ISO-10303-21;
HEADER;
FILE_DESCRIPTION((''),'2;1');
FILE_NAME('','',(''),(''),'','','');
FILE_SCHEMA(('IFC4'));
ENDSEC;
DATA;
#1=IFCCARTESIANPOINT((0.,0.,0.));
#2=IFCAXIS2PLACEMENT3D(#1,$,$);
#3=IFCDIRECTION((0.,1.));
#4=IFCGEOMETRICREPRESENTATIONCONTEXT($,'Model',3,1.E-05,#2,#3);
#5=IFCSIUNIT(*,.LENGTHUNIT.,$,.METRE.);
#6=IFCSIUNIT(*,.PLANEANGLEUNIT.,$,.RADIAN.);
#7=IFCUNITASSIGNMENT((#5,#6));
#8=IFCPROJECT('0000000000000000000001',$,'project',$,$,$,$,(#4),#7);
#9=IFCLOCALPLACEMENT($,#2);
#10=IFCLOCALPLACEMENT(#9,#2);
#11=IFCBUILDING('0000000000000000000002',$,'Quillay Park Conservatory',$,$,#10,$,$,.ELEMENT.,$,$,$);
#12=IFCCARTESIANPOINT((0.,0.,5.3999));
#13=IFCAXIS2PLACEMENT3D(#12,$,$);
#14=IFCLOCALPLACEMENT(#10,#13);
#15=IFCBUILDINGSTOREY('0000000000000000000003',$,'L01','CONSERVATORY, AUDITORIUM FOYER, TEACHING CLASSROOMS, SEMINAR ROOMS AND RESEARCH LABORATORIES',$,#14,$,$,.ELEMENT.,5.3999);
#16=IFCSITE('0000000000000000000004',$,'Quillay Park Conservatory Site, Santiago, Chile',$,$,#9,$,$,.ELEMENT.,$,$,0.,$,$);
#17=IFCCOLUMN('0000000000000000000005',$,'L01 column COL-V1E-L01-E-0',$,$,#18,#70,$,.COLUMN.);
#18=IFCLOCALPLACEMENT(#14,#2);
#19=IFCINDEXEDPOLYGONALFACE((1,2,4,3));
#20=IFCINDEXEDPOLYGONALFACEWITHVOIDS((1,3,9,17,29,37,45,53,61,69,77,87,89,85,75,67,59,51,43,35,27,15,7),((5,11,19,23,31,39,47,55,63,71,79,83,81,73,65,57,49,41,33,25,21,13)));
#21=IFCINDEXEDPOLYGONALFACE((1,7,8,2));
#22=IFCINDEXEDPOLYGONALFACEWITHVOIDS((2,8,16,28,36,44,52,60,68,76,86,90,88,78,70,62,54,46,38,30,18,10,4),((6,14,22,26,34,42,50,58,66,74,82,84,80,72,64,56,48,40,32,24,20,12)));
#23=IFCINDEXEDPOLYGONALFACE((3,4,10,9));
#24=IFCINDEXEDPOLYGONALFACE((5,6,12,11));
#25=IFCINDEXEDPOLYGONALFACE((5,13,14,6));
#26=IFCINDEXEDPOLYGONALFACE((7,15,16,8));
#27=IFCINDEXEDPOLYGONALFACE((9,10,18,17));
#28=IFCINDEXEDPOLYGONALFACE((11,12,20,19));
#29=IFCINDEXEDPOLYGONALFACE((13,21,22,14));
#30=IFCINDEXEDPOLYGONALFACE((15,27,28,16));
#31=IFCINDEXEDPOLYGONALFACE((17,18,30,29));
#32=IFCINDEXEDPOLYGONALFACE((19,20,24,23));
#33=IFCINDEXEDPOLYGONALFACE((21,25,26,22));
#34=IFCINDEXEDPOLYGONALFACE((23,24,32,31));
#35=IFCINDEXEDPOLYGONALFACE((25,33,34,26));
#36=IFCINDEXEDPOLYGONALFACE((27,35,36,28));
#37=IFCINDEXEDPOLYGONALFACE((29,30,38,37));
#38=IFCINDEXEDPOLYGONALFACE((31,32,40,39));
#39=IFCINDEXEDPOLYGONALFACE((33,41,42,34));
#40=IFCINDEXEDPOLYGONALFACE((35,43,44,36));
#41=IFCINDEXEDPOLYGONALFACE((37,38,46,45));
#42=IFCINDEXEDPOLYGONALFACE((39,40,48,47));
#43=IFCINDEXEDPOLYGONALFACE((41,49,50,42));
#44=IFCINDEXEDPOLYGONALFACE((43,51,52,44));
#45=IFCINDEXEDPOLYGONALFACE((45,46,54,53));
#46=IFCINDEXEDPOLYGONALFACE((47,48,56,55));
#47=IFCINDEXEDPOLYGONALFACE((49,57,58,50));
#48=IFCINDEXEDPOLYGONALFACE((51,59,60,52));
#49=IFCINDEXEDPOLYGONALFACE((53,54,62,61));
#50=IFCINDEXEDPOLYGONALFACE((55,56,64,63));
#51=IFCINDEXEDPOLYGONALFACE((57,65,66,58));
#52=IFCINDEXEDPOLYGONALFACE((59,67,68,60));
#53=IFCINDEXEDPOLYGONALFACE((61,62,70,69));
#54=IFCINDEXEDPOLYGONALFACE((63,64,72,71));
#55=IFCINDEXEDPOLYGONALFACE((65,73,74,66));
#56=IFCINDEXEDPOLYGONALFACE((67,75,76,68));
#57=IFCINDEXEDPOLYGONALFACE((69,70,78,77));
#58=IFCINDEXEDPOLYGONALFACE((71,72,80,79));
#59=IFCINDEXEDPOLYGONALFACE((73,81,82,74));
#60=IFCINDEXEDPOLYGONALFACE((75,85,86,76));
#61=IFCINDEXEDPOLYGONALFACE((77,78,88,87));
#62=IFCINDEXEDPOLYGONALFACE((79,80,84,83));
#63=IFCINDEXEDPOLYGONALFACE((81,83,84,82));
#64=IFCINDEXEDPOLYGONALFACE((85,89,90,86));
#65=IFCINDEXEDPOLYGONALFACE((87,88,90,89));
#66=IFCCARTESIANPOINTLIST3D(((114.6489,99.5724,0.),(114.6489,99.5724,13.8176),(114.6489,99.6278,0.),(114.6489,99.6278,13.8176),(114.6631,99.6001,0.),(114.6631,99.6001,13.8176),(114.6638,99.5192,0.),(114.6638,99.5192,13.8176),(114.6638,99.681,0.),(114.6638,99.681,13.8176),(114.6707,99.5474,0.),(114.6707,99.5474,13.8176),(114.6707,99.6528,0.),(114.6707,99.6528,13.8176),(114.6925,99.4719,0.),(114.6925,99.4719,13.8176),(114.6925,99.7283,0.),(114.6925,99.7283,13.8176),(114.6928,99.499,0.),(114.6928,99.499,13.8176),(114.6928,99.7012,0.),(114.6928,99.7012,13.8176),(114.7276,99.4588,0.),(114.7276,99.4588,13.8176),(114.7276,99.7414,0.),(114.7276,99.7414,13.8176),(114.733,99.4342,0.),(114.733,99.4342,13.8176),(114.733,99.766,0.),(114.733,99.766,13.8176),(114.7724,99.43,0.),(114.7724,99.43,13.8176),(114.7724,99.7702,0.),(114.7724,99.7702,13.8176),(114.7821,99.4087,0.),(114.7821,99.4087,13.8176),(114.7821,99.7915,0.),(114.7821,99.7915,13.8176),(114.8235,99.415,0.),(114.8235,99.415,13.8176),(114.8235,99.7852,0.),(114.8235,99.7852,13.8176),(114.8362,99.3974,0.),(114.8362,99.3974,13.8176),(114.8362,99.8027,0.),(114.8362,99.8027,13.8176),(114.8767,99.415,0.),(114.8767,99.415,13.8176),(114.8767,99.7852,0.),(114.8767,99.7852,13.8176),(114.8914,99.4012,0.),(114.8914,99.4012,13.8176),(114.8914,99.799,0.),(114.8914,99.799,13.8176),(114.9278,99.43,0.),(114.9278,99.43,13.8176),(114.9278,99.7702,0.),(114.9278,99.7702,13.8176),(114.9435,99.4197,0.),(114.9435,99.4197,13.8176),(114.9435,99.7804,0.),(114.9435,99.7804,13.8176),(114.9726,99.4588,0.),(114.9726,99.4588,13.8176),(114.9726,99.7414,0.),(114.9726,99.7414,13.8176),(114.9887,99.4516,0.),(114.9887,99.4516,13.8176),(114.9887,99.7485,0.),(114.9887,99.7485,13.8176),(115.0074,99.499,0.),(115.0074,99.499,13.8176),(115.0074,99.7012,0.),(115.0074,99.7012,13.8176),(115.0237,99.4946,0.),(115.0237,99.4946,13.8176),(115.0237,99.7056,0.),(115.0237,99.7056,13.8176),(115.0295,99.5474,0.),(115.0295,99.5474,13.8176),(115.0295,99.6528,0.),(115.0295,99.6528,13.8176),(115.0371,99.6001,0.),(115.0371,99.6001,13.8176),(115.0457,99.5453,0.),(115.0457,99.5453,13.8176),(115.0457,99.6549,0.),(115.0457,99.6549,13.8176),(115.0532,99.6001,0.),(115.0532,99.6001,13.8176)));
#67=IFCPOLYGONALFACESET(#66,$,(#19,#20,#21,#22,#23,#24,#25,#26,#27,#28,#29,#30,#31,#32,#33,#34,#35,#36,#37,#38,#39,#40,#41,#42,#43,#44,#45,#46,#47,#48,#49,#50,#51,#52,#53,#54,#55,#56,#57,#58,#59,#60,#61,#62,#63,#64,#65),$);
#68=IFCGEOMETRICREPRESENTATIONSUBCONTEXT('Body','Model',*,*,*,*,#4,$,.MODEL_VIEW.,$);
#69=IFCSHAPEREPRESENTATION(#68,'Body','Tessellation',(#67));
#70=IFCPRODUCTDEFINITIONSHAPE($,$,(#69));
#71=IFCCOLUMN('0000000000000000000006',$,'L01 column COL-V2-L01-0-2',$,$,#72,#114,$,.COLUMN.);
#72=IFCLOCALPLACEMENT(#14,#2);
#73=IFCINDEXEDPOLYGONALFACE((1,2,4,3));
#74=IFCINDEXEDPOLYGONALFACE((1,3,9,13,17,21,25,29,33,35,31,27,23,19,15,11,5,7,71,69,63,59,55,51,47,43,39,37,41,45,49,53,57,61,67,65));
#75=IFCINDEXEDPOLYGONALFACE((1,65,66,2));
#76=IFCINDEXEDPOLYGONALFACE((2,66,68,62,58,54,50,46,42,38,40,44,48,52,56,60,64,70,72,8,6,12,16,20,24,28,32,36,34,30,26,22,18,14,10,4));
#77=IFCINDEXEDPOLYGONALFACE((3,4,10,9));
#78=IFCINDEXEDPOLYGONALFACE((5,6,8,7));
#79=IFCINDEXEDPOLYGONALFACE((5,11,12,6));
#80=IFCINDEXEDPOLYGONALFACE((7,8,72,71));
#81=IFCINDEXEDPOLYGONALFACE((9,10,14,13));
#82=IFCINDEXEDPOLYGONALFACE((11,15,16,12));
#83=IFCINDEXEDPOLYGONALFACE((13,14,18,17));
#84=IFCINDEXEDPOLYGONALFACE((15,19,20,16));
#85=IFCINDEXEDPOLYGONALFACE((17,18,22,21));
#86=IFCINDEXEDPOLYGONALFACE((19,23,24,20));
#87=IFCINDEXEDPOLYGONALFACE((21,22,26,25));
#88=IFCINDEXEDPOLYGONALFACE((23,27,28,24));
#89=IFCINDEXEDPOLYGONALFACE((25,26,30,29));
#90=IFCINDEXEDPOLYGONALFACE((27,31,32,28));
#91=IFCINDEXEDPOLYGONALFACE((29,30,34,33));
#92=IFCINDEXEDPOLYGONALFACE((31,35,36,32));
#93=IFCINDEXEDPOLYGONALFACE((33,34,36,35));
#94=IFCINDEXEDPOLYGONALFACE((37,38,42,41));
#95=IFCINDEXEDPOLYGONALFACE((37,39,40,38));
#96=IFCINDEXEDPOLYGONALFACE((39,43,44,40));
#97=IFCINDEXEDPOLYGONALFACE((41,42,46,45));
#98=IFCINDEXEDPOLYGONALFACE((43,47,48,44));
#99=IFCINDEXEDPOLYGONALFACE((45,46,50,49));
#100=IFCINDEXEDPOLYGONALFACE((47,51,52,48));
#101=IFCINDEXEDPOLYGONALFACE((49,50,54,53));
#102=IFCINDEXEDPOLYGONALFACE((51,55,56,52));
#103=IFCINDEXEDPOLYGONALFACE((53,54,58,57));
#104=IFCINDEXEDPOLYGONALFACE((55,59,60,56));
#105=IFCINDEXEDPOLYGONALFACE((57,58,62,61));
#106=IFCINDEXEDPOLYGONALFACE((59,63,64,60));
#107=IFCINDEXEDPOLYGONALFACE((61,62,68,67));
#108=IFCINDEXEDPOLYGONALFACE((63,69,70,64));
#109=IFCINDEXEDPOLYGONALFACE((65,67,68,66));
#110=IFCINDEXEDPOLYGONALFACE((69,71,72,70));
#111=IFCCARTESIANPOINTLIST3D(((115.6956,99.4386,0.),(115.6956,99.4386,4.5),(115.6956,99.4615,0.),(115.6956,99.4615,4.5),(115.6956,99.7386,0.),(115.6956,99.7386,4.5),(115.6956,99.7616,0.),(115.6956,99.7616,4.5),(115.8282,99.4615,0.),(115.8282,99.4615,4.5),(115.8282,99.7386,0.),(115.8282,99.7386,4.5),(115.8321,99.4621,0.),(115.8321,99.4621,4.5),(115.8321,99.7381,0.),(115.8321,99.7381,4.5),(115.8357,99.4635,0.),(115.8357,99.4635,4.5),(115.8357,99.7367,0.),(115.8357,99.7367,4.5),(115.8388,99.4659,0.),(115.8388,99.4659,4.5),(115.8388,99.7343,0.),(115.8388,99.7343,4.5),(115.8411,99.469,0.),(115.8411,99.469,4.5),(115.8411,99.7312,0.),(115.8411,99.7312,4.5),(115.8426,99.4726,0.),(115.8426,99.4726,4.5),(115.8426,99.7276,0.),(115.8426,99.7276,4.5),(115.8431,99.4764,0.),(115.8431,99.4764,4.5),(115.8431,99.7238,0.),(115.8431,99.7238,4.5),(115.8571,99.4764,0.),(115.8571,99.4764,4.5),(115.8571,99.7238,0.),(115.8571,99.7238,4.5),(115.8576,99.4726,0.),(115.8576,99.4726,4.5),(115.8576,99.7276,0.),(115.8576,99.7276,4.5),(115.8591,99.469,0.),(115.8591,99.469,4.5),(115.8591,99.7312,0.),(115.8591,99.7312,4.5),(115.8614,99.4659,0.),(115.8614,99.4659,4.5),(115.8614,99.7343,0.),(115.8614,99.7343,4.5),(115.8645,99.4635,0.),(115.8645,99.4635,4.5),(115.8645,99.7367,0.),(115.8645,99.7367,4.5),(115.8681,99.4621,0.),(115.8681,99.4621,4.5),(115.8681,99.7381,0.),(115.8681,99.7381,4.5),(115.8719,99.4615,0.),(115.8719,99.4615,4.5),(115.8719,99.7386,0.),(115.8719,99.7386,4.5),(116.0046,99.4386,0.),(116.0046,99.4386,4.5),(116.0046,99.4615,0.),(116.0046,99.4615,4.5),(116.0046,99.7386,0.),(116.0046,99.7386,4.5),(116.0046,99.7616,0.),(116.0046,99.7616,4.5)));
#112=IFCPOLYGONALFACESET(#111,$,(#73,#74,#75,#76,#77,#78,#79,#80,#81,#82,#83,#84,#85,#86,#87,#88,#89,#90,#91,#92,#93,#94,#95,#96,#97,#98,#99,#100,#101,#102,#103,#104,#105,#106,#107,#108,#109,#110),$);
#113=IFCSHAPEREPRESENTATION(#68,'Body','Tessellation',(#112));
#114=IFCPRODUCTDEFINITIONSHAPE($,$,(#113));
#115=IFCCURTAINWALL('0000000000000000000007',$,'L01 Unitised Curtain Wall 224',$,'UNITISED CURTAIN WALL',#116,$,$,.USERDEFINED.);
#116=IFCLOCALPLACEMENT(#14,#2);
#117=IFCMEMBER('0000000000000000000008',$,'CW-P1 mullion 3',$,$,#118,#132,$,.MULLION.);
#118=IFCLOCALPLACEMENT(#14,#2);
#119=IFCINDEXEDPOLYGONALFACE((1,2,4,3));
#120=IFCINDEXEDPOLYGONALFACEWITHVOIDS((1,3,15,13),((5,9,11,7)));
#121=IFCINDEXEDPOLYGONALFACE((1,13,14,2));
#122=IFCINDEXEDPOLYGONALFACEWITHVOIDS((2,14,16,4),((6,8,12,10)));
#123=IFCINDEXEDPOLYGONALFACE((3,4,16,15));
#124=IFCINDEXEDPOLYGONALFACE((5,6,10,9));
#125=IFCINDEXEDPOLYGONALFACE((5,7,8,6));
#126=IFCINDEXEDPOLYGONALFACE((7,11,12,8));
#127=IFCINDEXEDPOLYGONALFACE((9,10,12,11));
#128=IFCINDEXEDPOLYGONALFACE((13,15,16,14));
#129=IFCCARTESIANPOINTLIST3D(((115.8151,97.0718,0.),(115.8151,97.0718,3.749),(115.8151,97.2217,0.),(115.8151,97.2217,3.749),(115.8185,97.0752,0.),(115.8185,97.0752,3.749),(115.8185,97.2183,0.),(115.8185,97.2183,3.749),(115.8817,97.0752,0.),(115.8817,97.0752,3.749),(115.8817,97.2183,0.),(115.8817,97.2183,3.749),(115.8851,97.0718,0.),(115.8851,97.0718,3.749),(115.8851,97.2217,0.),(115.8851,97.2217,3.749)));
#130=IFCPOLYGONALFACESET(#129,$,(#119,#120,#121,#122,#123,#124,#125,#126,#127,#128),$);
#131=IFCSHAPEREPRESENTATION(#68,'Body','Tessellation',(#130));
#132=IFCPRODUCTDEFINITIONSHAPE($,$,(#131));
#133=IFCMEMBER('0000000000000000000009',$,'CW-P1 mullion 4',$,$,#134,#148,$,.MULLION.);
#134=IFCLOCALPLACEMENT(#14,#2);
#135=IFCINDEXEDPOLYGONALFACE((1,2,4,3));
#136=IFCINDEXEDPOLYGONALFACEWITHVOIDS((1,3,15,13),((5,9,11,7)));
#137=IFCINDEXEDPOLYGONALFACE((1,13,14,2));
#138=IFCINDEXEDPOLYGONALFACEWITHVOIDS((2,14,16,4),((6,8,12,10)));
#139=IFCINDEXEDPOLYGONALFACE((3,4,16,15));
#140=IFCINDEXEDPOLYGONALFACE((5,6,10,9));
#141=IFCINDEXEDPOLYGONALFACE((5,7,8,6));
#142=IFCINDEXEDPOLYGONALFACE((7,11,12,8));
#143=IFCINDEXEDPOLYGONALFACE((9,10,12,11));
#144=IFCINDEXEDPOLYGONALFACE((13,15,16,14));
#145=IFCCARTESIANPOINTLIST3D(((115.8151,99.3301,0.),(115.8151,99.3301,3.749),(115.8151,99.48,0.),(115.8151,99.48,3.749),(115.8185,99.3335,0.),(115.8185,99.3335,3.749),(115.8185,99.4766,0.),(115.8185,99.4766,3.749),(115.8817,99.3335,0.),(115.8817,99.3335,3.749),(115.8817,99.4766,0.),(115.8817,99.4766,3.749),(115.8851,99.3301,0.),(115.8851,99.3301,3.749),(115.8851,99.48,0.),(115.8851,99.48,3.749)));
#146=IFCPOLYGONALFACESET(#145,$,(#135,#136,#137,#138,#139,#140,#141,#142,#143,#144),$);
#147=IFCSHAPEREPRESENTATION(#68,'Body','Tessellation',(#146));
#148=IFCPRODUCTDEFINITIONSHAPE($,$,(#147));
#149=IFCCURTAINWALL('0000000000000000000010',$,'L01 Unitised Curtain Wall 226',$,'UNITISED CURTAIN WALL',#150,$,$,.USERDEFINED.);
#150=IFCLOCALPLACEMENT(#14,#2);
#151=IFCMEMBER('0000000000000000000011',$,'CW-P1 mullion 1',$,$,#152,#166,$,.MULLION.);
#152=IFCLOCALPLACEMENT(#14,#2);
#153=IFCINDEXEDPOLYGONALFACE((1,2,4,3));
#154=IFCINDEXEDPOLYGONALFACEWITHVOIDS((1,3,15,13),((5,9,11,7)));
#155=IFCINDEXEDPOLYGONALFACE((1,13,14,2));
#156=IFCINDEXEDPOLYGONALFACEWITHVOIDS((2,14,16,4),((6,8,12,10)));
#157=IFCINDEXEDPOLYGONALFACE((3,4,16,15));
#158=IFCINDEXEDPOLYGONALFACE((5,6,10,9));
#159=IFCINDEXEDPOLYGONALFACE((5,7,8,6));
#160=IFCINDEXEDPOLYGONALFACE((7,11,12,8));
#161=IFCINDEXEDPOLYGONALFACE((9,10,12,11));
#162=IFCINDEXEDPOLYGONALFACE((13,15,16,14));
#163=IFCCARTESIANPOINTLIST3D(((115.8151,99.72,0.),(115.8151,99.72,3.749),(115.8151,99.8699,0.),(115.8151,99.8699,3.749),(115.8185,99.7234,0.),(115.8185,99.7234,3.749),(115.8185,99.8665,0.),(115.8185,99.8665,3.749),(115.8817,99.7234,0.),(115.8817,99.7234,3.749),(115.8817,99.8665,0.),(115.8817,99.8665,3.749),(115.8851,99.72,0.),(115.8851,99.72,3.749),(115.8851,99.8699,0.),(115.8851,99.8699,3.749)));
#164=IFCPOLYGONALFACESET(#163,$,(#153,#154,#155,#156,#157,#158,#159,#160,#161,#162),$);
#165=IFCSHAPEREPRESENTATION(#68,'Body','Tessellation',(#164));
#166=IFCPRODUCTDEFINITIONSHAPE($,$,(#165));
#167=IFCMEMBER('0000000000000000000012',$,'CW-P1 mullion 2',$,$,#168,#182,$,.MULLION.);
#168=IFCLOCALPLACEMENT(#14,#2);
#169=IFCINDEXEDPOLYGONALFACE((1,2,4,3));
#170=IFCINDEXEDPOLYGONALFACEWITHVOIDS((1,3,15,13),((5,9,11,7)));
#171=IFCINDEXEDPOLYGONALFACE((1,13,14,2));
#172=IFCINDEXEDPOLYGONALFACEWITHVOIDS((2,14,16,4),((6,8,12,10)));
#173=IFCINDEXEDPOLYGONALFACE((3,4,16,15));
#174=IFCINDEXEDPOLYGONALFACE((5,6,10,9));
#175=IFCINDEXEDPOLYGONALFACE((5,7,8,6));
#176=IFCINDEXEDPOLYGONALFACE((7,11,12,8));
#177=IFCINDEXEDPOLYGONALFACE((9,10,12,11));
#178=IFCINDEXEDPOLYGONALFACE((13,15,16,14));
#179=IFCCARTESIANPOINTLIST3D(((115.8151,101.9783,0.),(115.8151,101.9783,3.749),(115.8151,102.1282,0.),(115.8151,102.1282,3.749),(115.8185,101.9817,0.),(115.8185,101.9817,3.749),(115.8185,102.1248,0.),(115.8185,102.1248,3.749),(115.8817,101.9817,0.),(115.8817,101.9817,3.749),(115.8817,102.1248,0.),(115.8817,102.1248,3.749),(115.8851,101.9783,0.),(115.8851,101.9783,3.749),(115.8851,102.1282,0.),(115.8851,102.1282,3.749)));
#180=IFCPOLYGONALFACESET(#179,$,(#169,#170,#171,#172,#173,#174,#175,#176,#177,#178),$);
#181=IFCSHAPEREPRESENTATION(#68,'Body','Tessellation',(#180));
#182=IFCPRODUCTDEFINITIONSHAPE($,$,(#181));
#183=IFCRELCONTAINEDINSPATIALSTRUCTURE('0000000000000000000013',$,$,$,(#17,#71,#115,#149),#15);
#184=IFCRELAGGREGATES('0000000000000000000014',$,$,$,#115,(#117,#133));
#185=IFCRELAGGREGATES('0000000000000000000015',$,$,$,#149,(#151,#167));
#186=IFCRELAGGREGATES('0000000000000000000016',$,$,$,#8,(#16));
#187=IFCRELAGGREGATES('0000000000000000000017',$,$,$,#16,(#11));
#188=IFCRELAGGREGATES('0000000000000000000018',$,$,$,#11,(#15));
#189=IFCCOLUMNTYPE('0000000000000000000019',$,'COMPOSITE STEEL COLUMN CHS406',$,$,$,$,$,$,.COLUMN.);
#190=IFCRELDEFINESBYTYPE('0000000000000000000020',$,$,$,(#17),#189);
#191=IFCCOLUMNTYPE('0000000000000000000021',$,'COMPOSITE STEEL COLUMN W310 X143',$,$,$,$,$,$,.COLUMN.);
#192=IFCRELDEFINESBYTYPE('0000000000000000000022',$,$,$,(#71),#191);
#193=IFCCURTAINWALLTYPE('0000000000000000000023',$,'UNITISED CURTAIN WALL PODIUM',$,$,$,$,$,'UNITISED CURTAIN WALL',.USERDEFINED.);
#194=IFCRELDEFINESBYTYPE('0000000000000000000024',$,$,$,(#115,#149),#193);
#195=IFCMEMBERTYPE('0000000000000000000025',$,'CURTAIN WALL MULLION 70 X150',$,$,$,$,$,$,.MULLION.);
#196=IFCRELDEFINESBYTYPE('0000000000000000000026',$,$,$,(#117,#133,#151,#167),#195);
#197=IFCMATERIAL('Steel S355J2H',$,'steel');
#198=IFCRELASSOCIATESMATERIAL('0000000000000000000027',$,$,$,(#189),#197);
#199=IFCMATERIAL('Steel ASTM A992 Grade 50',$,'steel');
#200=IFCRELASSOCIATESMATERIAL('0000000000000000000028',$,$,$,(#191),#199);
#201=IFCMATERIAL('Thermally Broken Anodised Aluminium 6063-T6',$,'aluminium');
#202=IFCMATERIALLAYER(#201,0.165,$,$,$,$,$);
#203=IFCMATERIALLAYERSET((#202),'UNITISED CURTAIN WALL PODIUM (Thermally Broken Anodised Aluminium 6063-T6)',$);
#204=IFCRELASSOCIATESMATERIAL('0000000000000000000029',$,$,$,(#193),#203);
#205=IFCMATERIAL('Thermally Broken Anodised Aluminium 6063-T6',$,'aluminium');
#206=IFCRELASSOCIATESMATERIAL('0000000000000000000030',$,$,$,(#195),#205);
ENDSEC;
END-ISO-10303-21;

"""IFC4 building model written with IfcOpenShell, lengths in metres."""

from ifc_helpers import new_model, si_unit, direction, frame, origin, origin_2d, place, context, subcontext, project, spatial, hollow_rectangle, hollow_circle, i_section, extrude, material, layer, layer_set, material_profile, profile_set, type_object, element, aggregate, save


model = new_model("IFC4")

# Units and contexts
model_context = context("Model", 3, precision=1e-05, world=origin(), true_north=direction((0.0, 1.0)))
body_context = subcontext(model_context, "Body", "Model", "MODEL_VIEW")
ifc_project = project(units=[si_unit("LENGTHUNIT", "METRE"), si_unit("PLANEANGLEUNIT", "RADIAN")], contexts=[model_context])

# Site, building, storey
site_placement = place(None, origin())
site = spatial("IfcSite", under=ifc_project, at=site_placement, Name="Quillay Park Conservatory Site, Santiago, Chile", CompositionType="ELEMENT", RefElevation=0.0)
building_placement = place(site_placement, origin())
building = spatial("IfcBuilding", under=site, at=building_placement, Name="Quillay Park Conservatory", CompositionType="ELEMENT")
storey_placement = place(building_placement, frame((0.0, 0.0, 5.3999)))
storey = spatial("IfcBuildingStorey", under=building, at=storey_placement, Name="L01", Description="CONSERVATORY, AUDITORIUM FOYER, TEACHING CLASSROOMS, SEMINAR ROOMS AND RESEARCH LABORATORIES", CompositionType="ELEMENT", Elevation=5.3999)

# Columns
ifc_material_1 = material(Name="Steel S355J2H", Category="steel")
ifc_material_profile_1 = material_profile(ifc_material_1, hollow_circle(Radius=0.2031, WallThickness=0.0161, at=origin_2d()), Name="CHS406.4x16")
ifc_profile_set_1 = profile_set([ifc_material_profile_1], Name="Steel S355J2H")
column_type_1 = type_object("IfcColumnType", Name="COMPOSITE STEEL COLUMN CHS406", PredefinedType="COLUMN", material=ifc_profile_set_1)
column_1_placement = place(storey_placement, frame((114.8501, 99.6001, 0.0), z_axis=(0.0, 0.0, 1.0), x_axis=(1.0, 0.0, 0.0)))
element("IfcColumn", 1, at=column_1_placement, inside=storey, type_object=column_type_1, Name="L01 column COL-V1E-L01-E-0", PredefinedType="COLUMN", context=body_context, shape_type="SweptSolid", body=[
    extrude(hollow_circle(Radius=0.2031, WallThickness=0.0161, at=origin_2d()), origin(), (0.0, 0.0, 1.0), 13.8176),
])
ifc_material_2 = material(Name="Steel ASTM A992 Grade 50", Category="steel")
ifc_material_profile_2 = material_profile(ifc_material_2, i_section(OverallWidth=0.3091, OverallDepth=0.323, WebThickness=0.0139, FlangeThickness=0.0229, FilletRadius=0.0149, at=origin_2d()), Name="W310x143")
ifc_profile_set_2 = profile_set([ifc_material_profile_2], Name="Steel ASTM A992 Grade 50")
column_type_2 = type_object("IfcColumnType", Name="COMPOSITE STEEL COLUMN W310 X143", PredefinedType="COLUMN", material=ifc_profile_set_2)
column_2_placement = place(storey_placement, frame((115.8501, 99.6001, 0.0), z_axis=(0.0, 0.0, 1.0), x_axis=(1.0, 0.0, 0.0)))
element("IfcColumn", 2, at=column_2_placement, inside=storey, type_object=column_type_2, Name="L01 column COL-V2-L01-0-2", PredefinedType="COLUMN", context=body_context, shape_type="SweptSolid", body=[
    extrude(i_section(OverallWidth=0.3091, OverallDepth=0.323, WebThickness=0.0139, FlangeThickness=0.0229, FilletRadius=0.0149, at=origin_2d()), origin(), (0.0, 0.0, 1.0), 4.5),
])

# Curtain walls, members
ifc_material_3 = material(Name="Thermally Broken Anodised Aluminium 6063-T6", Category="aluminium")
ifc_layer_1 = layer(ifc_material_3, 0.165)
ifc_layer_set_1 = layer_set([ifc_layer_1], Name="UNITISED CURTAIN WALL PODIUM (Thermally Broken Anodised Aluminium 6063-T6)")
curtain_wall_type_1 = type_object("IfcCurtainWallType", Name="UNITISED CURTAIN WALL PODIUM", ElementType="UNITISED CURTAIN WALL", PredefinedType="USERDEFINED", material=ifc_layer_set_1)
curtain_wall_1_placement = place(storey_placement, origin())
curtain_wall_1 = element("IfcCurtainWall", 3, at=curtain_wall_1_placement, inside=storey, type_object=curtain_wall_type_1, Name="L01 Unitised Curtain Wall 224", ObjectType="UNITISED CURTAIN WALL", PredefinedType="USERDEFINED")
ifc_material_4 = material(Name="Thermally Broken Anodised Aluminium 6063-T6", Category="aluminium")
ifc_material_profile_3 = material_profile(ifc_material_4, hollow_rectangle(XDim=0.0701, YDim=0.1499, WallThickness=0.0034, at=origin_2d()), Name="AL70x150x3.5")
ifc_profile_set_3 = profile_set([ifc_material_profile_3], Name="Thermally Broken Anodised Aluminium 6063-T6")
member_type_1 = type_object("IfcMemberType", Name="CURTAIN WALL MULLION 70 X150", PredefinedType="MULLION", material=ifc_profile_set_3)
member_1_placement = place(storey_placement, frame((115.8501, 97.1467, 0.0), z_axis=(0.0, 0.0, 1.0), x_axis=(-1.0, 0.0, 0.0)))
member_1 = element("IfcMember", 4, at=member_1_placement, type_object=member_type_1, Name="CW-P1 mullion 3", PredefinedType="MULLION", context=body_context, shape_type="SweptSolid", body=[
    extrude(hollow_rectangle(XDim=0.0701, YDim=0.1499, WallThickness=0.0034, at=origin_2d()), origin(), (0.0, 0.0, 1.0), 3.749),
])
member_2_placement = place(storey_placement, frame((115.8501, 99.405, 0.0), z_axis=(0.0, 0.0, 1.0), x_axis=(-1.0, 0.0, 0.0)))
member_2 = element("IfcMember", 5, at=member_2_placement, type_object=member_type_1, Name="CW-P1 mullion 4", PredefinedType="MULLION", context=body_context, shape_type="SweptSolid", body=[
    extrude(hollow_rectangle(XDim=0.0701, YDim=0.1499, WallThickness=0.0034, at=origin_2d()), origin(), (0.0, 0.0, 1.0), 3.749),
])
curtain_wall_2_placement = place(storey_placement, origin())
curtain_wall_2 = element("IfcCurtainWall", 6, at=curtain_wall_2_placement, inside=storey, type_object=curtain_wall_type_1, Name="L01 Unitised Curtain Wall 226", ObjectType="UNITISED CURTAIN WALL", PredefinedType="USERDEFINED")
member_3_placement = place(storey_placement, frame((115.8501, 99.7949, 0.0), z_axis=(0.0, 0.0, 1.0), x_axis=(-1.0, 0.0, 0.0)))
member_3 = element("IfcMember", 7, at=member_3_placement, type_object=member_type_1, Name="CW-P1 mullion 1", PredefinedType="MULLION", context=body_context, shape_type="SweptSolid", body=[
    extrude(hollow_rectangle(XDim=0.0701, YDim=0.1499, WallThickness=0.0034, at=origin_2d()), origin(), (0.0, 0.0, 1.0), 3.749),
])
member_4_placement = place(storey_placement, frame((115.8501, 102.0532, 0.0), z_axis=(0.0, 0.0, 1.0), x_axis=(-1.0, 0.0, 0.0)))
member_4 = element("IfcMember", 8, at=member_4_placement, type_object=member_type_1, Name="CW-P1 mullion 2", PredefinedType="MULLION", context=body_context, shape_type="SweptSolid", body=[
    extrude(hollow_rectangle(XDim=0.0701, YDim=0.1499, WallThickness=0.0034, at=origin_2d()), origin(), (0.0, 0.0, 1.0), 3.749),
])

aggregate(curtain_wall_1, [member_1, member_2])
aggregate(curtain_wall_2, [member_3, member_4])

save(model, "model.ifc")
